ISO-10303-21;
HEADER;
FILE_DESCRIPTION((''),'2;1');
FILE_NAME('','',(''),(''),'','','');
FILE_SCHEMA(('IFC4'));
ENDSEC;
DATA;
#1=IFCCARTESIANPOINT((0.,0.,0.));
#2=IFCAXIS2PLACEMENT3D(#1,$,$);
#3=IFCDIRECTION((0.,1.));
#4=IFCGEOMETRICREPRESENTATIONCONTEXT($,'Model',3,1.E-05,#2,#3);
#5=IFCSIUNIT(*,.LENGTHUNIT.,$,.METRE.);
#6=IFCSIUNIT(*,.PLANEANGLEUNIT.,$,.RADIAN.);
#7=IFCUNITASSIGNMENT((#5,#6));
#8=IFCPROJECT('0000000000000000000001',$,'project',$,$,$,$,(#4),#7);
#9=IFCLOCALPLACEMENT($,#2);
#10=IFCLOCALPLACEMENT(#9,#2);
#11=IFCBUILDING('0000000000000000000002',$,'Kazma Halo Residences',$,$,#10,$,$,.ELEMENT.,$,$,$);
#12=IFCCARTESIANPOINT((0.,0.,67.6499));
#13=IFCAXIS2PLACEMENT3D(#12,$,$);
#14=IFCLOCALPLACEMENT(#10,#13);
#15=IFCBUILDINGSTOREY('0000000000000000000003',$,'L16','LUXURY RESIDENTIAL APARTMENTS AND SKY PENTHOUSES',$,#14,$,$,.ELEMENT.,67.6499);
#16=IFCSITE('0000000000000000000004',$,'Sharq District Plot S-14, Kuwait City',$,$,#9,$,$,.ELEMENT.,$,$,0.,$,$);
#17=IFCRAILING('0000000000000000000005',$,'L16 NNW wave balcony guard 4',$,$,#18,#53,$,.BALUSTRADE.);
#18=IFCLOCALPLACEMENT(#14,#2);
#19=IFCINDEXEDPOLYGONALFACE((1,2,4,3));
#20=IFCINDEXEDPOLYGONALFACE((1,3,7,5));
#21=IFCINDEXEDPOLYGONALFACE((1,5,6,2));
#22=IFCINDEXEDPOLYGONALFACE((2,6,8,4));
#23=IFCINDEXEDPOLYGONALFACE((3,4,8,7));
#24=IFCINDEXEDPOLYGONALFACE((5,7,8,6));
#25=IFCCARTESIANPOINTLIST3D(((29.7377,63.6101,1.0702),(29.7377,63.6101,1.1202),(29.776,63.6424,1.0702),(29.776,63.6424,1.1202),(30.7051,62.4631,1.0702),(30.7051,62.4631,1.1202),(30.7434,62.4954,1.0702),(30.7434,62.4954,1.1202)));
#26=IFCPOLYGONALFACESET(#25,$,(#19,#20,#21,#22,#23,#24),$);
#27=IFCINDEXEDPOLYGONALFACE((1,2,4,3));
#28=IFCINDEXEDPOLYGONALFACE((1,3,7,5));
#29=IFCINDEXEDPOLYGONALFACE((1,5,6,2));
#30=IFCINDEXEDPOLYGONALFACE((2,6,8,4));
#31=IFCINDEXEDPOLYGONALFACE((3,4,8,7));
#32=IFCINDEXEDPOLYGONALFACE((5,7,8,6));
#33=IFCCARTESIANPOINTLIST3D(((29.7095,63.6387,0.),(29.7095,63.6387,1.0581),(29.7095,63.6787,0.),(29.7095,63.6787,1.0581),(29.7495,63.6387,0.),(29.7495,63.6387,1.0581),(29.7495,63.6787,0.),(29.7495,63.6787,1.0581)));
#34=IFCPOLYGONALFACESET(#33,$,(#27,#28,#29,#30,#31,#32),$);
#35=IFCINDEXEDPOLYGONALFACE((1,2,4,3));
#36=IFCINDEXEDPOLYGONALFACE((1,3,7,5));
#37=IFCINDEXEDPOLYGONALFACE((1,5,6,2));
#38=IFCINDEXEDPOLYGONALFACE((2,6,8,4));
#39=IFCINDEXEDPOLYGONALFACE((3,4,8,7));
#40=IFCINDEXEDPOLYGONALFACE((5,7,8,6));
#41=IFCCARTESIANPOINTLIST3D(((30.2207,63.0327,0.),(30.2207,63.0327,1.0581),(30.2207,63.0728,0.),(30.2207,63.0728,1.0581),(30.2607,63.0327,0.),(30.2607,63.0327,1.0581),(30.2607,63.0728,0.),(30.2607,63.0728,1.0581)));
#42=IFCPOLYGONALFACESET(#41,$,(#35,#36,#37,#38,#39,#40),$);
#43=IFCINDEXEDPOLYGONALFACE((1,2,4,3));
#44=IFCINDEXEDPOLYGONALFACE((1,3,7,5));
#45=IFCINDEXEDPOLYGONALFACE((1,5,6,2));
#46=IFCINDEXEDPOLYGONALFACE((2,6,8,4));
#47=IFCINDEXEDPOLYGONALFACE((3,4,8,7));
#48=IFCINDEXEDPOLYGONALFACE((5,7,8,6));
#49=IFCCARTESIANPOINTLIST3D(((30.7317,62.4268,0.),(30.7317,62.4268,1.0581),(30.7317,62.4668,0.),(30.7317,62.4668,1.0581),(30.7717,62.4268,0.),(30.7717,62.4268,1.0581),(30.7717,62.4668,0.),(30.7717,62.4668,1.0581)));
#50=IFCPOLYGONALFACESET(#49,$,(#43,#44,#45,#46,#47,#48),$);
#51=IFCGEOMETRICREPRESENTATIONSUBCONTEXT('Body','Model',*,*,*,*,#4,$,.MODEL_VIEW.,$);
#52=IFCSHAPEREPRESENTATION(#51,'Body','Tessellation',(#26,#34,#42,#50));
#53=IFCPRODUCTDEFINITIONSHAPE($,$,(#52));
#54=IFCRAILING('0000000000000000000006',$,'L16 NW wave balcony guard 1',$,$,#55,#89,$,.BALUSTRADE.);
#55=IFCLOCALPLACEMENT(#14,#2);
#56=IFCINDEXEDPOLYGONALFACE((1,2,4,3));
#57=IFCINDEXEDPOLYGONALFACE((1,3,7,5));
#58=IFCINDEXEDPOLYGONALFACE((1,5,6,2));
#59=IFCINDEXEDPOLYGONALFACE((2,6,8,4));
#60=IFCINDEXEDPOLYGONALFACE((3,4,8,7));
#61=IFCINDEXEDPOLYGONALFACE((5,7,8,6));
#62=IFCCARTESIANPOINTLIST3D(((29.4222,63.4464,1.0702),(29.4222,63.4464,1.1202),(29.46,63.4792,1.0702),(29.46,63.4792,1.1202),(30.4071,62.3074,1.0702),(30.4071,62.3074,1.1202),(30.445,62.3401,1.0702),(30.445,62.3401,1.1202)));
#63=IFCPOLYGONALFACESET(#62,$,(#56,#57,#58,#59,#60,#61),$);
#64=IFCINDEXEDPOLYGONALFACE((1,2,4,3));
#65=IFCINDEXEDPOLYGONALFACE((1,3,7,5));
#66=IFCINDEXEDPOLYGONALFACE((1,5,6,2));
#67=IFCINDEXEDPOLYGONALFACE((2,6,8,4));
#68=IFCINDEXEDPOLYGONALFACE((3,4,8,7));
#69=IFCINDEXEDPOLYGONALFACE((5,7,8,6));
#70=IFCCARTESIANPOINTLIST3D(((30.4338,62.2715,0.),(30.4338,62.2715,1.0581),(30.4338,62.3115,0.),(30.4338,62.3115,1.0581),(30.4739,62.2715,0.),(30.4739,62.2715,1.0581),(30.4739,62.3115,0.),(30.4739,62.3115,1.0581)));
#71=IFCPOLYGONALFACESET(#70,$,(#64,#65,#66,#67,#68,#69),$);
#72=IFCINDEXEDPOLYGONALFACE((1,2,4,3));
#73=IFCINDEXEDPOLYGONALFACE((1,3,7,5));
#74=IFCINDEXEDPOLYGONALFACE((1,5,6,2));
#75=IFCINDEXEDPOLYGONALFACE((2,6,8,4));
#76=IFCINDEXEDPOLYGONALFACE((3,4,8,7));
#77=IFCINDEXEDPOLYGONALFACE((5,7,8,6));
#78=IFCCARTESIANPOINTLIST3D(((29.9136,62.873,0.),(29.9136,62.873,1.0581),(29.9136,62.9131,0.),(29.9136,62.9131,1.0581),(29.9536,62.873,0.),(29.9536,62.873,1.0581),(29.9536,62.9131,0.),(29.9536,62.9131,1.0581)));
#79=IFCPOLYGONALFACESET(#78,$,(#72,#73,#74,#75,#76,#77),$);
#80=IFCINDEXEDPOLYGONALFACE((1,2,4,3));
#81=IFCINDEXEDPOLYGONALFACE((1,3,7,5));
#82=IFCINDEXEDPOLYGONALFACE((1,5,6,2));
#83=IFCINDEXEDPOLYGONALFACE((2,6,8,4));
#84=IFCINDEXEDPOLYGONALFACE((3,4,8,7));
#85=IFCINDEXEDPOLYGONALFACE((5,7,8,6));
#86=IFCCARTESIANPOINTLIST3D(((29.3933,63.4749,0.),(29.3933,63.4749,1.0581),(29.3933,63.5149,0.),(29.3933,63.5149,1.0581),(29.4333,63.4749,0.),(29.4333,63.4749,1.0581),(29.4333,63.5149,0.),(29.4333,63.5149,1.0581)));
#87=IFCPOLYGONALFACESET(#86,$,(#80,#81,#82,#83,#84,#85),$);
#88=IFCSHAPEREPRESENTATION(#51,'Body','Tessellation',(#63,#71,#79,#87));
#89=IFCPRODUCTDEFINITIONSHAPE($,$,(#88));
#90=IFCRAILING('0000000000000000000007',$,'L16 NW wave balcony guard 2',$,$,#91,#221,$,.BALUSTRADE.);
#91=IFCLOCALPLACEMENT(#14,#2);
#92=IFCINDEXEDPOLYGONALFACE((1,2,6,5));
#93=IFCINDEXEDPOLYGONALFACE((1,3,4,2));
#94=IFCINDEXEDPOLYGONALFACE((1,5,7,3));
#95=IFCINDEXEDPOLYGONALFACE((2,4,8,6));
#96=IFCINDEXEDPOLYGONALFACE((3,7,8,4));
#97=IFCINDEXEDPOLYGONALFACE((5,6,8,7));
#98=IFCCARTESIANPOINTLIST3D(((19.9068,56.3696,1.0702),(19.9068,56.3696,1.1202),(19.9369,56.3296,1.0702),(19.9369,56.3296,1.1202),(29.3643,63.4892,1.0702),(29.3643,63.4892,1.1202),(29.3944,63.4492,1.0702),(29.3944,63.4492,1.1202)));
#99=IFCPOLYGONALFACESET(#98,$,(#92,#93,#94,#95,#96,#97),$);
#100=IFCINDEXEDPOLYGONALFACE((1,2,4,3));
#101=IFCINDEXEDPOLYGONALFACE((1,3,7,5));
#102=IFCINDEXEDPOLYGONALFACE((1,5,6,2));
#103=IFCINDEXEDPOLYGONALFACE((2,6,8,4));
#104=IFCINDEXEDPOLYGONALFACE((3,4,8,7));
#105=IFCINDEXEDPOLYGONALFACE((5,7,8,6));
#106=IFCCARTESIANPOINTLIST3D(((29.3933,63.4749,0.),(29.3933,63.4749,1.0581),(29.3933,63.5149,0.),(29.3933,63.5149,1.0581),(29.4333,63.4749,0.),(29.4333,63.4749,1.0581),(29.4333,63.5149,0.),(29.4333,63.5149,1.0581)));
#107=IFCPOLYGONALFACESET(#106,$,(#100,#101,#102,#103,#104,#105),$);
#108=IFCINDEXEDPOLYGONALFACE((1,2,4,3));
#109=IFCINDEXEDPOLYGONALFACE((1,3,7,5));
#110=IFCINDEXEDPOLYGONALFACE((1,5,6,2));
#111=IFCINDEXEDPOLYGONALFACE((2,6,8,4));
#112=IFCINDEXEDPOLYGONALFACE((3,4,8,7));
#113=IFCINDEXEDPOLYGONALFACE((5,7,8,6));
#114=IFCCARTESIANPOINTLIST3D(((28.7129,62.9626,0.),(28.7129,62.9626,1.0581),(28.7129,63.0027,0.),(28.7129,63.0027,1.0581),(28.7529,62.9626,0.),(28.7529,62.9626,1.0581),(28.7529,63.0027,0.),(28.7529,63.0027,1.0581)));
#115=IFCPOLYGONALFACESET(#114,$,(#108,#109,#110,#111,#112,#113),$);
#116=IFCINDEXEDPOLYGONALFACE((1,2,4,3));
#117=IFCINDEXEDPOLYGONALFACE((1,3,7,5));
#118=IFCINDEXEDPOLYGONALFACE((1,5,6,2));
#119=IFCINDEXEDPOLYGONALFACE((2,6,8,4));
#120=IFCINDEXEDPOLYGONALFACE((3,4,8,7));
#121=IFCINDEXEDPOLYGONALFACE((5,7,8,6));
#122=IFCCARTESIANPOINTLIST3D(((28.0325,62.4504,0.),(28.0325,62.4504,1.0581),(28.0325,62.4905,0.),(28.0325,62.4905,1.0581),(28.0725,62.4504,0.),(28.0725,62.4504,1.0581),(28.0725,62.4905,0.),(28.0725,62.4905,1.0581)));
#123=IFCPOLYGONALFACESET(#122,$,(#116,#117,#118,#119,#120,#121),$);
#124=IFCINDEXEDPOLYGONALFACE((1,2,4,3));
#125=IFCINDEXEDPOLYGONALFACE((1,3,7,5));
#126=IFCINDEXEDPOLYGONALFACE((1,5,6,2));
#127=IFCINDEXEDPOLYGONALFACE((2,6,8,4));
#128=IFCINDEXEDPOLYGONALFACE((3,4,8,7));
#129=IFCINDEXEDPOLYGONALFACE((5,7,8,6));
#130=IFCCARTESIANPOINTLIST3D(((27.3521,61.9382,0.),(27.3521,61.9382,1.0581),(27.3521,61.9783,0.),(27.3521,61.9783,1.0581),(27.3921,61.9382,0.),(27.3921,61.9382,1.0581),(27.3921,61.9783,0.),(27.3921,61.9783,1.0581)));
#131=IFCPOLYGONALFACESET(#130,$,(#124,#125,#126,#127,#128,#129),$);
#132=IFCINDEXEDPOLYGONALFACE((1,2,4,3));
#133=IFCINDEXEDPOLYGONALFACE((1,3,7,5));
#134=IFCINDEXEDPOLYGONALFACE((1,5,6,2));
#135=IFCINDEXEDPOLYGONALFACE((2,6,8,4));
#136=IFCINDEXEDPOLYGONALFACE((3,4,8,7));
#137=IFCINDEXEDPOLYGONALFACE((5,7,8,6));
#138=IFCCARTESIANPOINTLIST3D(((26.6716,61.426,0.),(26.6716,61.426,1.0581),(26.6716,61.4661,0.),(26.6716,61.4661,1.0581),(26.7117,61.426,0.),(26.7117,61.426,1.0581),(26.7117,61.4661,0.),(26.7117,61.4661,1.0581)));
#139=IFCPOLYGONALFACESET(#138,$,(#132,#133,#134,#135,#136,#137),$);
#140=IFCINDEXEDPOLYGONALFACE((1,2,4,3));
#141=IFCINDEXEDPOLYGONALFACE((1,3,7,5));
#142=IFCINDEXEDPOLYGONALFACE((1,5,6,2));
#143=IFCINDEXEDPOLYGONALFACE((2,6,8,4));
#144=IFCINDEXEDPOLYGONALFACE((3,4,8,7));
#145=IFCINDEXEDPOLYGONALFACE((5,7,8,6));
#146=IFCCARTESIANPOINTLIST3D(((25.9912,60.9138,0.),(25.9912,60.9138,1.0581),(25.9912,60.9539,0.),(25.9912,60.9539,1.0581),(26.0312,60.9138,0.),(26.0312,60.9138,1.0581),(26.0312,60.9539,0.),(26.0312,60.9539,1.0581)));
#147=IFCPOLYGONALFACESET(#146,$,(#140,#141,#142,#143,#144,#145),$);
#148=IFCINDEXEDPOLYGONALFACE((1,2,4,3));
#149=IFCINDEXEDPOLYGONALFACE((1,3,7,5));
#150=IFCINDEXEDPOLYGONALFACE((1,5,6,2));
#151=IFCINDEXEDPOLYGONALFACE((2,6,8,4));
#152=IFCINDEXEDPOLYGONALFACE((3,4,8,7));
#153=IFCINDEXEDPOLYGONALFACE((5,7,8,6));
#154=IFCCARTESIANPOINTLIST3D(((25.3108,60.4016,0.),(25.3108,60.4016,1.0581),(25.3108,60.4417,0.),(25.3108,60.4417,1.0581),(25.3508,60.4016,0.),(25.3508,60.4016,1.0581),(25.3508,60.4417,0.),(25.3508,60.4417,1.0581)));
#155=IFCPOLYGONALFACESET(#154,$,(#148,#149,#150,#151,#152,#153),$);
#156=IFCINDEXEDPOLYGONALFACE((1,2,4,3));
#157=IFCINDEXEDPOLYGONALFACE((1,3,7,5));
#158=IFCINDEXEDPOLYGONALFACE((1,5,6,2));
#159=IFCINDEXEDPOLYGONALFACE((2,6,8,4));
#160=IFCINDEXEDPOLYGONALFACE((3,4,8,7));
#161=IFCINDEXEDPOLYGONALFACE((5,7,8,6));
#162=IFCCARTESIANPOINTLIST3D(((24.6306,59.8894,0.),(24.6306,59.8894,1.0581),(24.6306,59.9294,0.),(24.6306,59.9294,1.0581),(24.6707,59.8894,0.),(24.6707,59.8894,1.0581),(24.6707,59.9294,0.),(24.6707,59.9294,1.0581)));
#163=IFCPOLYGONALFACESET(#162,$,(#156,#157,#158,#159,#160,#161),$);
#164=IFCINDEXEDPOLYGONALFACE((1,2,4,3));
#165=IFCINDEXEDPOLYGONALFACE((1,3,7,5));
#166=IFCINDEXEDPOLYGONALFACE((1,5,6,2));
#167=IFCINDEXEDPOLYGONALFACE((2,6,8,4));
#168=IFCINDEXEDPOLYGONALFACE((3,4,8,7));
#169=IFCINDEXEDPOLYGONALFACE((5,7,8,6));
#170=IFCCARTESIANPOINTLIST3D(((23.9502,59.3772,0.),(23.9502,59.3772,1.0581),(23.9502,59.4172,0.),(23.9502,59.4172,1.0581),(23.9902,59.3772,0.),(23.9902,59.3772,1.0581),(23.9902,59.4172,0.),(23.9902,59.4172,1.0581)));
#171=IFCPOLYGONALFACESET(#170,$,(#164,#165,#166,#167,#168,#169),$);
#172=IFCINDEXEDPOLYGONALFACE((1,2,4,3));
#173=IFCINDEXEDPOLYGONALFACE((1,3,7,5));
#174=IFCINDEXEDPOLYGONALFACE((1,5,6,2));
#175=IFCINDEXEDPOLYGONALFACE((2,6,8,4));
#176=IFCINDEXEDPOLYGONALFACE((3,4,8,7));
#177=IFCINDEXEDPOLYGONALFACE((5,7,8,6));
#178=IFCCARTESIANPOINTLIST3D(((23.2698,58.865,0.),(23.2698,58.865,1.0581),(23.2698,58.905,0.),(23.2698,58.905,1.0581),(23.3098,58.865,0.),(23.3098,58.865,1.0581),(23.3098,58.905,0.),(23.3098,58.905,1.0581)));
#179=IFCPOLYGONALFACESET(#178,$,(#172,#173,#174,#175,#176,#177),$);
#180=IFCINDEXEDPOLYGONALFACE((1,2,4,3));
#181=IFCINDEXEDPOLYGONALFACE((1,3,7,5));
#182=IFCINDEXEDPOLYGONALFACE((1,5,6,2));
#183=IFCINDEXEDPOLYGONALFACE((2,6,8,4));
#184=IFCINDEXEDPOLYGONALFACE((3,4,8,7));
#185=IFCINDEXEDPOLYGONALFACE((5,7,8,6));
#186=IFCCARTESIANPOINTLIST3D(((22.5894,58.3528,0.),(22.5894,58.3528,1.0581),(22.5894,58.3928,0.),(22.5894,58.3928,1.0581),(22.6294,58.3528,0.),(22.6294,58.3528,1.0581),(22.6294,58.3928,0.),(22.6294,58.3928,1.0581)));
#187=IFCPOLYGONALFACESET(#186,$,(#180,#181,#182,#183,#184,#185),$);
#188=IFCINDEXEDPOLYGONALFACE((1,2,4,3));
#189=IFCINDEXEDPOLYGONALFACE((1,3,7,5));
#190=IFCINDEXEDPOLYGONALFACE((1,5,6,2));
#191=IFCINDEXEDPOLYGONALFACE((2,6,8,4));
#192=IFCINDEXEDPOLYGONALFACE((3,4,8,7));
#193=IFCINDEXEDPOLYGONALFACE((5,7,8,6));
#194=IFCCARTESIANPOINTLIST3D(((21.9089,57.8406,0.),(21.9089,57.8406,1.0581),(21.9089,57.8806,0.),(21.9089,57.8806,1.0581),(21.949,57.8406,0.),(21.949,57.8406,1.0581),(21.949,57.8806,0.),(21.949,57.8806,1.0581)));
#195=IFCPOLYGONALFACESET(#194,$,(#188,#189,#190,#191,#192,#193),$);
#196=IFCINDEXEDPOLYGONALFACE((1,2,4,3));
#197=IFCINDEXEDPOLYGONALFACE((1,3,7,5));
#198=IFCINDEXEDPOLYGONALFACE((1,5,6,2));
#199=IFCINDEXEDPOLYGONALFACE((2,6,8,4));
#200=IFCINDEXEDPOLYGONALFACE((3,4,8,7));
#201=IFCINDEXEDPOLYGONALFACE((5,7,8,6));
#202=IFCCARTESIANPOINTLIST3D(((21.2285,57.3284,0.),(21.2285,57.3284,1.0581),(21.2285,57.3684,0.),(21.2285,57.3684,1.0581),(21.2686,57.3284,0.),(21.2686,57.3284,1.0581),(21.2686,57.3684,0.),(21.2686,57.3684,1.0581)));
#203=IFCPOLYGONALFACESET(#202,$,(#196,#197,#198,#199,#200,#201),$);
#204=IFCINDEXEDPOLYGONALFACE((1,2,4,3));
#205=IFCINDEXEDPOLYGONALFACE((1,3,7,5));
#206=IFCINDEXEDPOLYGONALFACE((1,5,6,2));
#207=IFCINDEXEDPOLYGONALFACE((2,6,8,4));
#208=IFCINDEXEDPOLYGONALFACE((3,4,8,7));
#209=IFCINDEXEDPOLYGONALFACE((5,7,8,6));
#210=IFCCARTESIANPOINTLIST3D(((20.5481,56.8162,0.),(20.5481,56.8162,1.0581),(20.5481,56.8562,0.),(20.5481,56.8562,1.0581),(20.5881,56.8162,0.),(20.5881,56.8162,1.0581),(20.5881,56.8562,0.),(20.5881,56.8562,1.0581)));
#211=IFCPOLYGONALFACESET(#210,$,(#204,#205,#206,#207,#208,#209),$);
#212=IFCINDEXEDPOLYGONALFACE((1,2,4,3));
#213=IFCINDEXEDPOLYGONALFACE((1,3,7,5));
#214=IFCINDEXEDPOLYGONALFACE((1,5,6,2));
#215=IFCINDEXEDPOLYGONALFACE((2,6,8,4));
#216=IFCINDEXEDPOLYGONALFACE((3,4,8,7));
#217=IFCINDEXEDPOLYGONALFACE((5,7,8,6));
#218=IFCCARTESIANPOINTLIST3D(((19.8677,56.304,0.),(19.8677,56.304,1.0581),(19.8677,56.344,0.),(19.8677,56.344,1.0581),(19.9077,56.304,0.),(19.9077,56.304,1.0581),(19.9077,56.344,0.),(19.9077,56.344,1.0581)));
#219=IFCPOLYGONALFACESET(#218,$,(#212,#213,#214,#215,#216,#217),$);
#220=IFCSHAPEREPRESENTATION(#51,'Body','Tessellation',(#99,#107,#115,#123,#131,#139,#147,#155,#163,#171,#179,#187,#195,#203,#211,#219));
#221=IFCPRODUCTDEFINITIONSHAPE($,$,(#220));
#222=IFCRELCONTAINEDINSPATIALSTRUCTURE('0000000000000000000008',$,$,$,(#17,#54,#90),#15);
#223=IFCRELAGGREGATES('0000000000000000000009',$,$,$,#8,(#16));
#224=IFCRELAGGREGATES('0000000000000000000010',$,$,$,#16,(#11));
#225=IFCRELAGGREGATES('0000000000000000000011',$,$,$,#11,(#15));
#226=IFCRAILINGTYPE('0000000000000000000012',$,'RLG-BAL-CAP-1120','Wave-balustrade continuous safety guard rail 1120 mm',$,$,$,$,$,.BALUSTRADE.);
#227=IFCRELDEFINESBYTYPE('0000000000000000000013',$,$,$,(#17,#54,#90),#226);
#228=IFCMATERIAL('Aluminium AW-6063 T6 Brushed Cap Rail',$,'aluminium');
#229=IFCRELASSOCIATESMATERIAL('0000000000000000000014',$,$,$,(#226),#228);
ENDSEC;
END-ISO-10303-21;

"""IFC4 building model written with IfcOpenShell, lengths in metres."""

from ifc_helpers import new_model, si_unit, direction, frame, origin, origin_2d, place, context, subcontext, project, spatial, rectangle, extrude, material, type_object, element, save


model = new_model("IFC4")

# Units and contexts
model_context = context("Model", 3, precision=1e-05, world=origin(), true_north=direction((0.0, 1.0)))
body_context = subcontext(model_context, "Body", "Model", "MODEL_VIEW")
ifc_project = project(units=[si_unit("LENGTHUNIT", "METRE"), si_unit("PLANEANGLEUNIT", "RADIAN")], contexts=[model_context])

# Site, building, storey
site_placement = place(None, origin())
site = spatial("IfcSite", under=ifc_project, at=site_placement, Name="Sharq District Plot S-14, Kuwait City", CompositionType="ELEMENT", RefElevation=0.0)
building_placement = place(site_placement, origin())
building = spatial("IfcBuilding", under=site, at=building_placement, Name="Kazma Halo Residences", CompositionType="ELEMENT")
storey_placement = place(building_placement, frame((0.0, 0.0, 67.6499)))
storey = spatial("IfcBuildingStorey", under=building, at=storey_placement, Name="L16", Description="LUXURY RESIDENTIAL APARTMENTS AND SKY PENTHOUSES", CompositionType="ELEMENT", Elevation=67.6499)

# Railings
ifc_material_1 = material(Name="Aluminium AW-6063 T6 Brushed Cap Rail", Category="aluminium")
railing_type = type_object("IfcRailingType", Name="RLG-BAL-CAP-1120", Description="Wave-balustrade continuous safety guard rail 1120 mm", PredefinedType="BALUSTRADE", material=ifc_material_1)
railing_1_placement = place(storey_placement, frame((29.7295, 63.6587, 0.0)))
element("IfcRailing", 1, at=railing_1_placement, inside=storey, type_object=railing_type, Name="L16 NNW wave balcony guard 4", PredefinedType="BALUSTRADE", context=body_context, shape_type="SweptSolid", body=[
    extrude(rectangle(XDim=0.05, YDim=0.05, at=origin_2d()), frame((0.0273, -0.0325, 1.0952), z_axis=(0.644747, -0.764396, 0.0), x_axis=(0.764396, 0.644747, 0.0)), (0.0, 0.0, 1.0), 1.5005),
    extrude(rectangle(XDim=0.04, YDim=0.04, at=origin_2d()), origin(), (0.0, 0.0, 1.0), 1.0581),
    extrude(rectangle(XDim=0.04, YDim=0.04, at=origin_2d()), frame((0.5112, -0.606, 0.0)), (0.0, 0.0, 1.0), 1.0581),
    extrude(rectangle(XDim=0.04, YDim=0.04, at=origin_2d()), frame((1.0222, -1.2119, 0.0)), (0.0, 0.0, 1.0), 1.0581),
])
railing_2_placement = place(storey_placement, frame((30.4539, 62.2915, 0.0)))
element("IfcRailing", 2, at=railing_2_placement, inside=storey, type_object=railing_type, Name="L16 NW wave balcony guard 1", PredefinedType="BALUSTRADE", context=body_context, shape_type="SweptSolid", body=[
    extrude(rectangle(XDim=0.05, YDim=0.05, at=origin_2d()), frame((-0.0278, 0.0322, 1.0952), z_axis=(-0.654071, 0.756433, 0.0), x_axis=(-0.756433, -0.654071, 0.0)), (0.0, 0.0, 1.0), 1.5059),
    extrude(rectangle(XDim=0.04, YDim=0.04, at=origin_2d()), origin(), (0.0, 0.0, 1.0), 1.0581),
    extrude(rectangle(XDim=0.04, YDim=0.04, at=origin_2d()), frame((-0.5203, 0.6016, 0.0)), (0.0, 0.0, 1.0), 1.0581),
    extrude(rectangle(XDim=0.04, YDim=0.04, at=origin_2d()), frame((-1.0405, 1.2034, 0.0)), (0.0, 0.0, 1.0), 1.0581),
])
railing_3_placement = place(storey_placement, frame((29.4133, 63.4949, 0.0)))
element("IfcRailing", 3, at=railing_3_placement, inside=storey, type_object=railing_type, Name="L16 NW wave balcony guard 2", PredefinedType="BALUSTRADE", context=body_context, shape_type="SweptSolid", body=[
    extrude(rectangle(XDim=0.05, YDim=0.05, at=origin_2d()), frame((-0.0339, -0.0256, 1.0952), z_axis=(-0.798925, -0.601431, 0.0), x_axis=(0.601431, -0.798925, 0.0)), (0.0, 0.0, 1.0), 11.8379),
    extrude(rectangle(XDim=0.04, YDim=0.04, at=origin_2d()), origin(), (0.0, 0.0, 1.0), 1.0581),
    extrude(rectangle(XDim=0.04, YDim=0.04, at=origin_2d()), frame((-0.6804, -0.5122, 0.0)), (0.0, 0.0, 1.0), 1.0581),
    extrude(rectangle(XDim=0.04, YDim=0.04, at=origin_2d()), frame((-1.3608, -1.0244, 0.0)), (0.0, 0.0, 1.0), 1.0581),
    extrude(rectangle(XDim=0.04, YDim=0.04, at=origin_2d()), frame((-2.0413, -1.5366, 0.0)), (0.0, 0.0, 1.0), 1.0581),
    extrude(rectangle(XDim=0.04, YDim=0.04, at=origin_2d()), frame((-2.7217, -2.0488, 0.0)), (0.0, 0.0, 1.0), 1.0581),
    extrude(rectangle(XDim=0.04, YDim=0.04, at=origin_2d()), frame((-3.4021, -2.561, 0.0)), (0.0, 0.0, 1.0), 1.0581),
    extrude(rectangle(XDim=0.04, YDim=0.04, at=origin_2d()), frame((-4.0825, -3.0732, 0.0)), (0.0, 0.0, 1.0), 1.0581),
    extrude(rectangle(XDim=0.04, YDim=0.04, at=origin_2d()), frame((-4.7627, -3.5854, 0.0)), (0.0, 0.0, 1.0), 1.0581),
    extrude(rectangle(XDim=0.04, YDim=0.04, at=origin_2d()), frame((-5.4431, -4.0977, 0.0)), (0.0, 0.0, 1.0), 1.0581),
    extrude(rectangle(XDim=0.04, YDim=0.04, at=origin_2d()), frame((-6.1235, -4.6099, 0.0)), (0.0, 0.0, 1.0), 1.0581),
    extrude(rectangle(XDim=0.04, YDim=0.04, at=origin_2d()), frame((-6.804, -5.1221, 0.0)), (0.0, 0.0, 1.0), 1.0581),
    extrude(rectangle(XDim=0.04, YDim=0.04, at=origin_2d()), frame((-7.4844, -5.6343, 0.0)), (0.0, 0.0, 1.0), 1.0581),
    extrude(rectangle(XDim=0.04, YDim=0.04, at=origin_2d()), frame((-8.1648, -6.1465, 0.0)), (0.0, 0.0, 1.0), 1.0581),
    extrude(rectangle(XDim=0.04, YDim=0.04, at=origin_2d()), frame((-8.8452, -6.6587, 0.0)), (0.0, 0.0, 1.0), 1.0581),
    extrude(rectangle(XDim=0.04, YDim=0.04, at=origin_2d()), frame((-9.5256, -7.1709, 0.0)), (0.0, 0.0, 1.0), 1.0581),
])

save(model, "model.ifc")
